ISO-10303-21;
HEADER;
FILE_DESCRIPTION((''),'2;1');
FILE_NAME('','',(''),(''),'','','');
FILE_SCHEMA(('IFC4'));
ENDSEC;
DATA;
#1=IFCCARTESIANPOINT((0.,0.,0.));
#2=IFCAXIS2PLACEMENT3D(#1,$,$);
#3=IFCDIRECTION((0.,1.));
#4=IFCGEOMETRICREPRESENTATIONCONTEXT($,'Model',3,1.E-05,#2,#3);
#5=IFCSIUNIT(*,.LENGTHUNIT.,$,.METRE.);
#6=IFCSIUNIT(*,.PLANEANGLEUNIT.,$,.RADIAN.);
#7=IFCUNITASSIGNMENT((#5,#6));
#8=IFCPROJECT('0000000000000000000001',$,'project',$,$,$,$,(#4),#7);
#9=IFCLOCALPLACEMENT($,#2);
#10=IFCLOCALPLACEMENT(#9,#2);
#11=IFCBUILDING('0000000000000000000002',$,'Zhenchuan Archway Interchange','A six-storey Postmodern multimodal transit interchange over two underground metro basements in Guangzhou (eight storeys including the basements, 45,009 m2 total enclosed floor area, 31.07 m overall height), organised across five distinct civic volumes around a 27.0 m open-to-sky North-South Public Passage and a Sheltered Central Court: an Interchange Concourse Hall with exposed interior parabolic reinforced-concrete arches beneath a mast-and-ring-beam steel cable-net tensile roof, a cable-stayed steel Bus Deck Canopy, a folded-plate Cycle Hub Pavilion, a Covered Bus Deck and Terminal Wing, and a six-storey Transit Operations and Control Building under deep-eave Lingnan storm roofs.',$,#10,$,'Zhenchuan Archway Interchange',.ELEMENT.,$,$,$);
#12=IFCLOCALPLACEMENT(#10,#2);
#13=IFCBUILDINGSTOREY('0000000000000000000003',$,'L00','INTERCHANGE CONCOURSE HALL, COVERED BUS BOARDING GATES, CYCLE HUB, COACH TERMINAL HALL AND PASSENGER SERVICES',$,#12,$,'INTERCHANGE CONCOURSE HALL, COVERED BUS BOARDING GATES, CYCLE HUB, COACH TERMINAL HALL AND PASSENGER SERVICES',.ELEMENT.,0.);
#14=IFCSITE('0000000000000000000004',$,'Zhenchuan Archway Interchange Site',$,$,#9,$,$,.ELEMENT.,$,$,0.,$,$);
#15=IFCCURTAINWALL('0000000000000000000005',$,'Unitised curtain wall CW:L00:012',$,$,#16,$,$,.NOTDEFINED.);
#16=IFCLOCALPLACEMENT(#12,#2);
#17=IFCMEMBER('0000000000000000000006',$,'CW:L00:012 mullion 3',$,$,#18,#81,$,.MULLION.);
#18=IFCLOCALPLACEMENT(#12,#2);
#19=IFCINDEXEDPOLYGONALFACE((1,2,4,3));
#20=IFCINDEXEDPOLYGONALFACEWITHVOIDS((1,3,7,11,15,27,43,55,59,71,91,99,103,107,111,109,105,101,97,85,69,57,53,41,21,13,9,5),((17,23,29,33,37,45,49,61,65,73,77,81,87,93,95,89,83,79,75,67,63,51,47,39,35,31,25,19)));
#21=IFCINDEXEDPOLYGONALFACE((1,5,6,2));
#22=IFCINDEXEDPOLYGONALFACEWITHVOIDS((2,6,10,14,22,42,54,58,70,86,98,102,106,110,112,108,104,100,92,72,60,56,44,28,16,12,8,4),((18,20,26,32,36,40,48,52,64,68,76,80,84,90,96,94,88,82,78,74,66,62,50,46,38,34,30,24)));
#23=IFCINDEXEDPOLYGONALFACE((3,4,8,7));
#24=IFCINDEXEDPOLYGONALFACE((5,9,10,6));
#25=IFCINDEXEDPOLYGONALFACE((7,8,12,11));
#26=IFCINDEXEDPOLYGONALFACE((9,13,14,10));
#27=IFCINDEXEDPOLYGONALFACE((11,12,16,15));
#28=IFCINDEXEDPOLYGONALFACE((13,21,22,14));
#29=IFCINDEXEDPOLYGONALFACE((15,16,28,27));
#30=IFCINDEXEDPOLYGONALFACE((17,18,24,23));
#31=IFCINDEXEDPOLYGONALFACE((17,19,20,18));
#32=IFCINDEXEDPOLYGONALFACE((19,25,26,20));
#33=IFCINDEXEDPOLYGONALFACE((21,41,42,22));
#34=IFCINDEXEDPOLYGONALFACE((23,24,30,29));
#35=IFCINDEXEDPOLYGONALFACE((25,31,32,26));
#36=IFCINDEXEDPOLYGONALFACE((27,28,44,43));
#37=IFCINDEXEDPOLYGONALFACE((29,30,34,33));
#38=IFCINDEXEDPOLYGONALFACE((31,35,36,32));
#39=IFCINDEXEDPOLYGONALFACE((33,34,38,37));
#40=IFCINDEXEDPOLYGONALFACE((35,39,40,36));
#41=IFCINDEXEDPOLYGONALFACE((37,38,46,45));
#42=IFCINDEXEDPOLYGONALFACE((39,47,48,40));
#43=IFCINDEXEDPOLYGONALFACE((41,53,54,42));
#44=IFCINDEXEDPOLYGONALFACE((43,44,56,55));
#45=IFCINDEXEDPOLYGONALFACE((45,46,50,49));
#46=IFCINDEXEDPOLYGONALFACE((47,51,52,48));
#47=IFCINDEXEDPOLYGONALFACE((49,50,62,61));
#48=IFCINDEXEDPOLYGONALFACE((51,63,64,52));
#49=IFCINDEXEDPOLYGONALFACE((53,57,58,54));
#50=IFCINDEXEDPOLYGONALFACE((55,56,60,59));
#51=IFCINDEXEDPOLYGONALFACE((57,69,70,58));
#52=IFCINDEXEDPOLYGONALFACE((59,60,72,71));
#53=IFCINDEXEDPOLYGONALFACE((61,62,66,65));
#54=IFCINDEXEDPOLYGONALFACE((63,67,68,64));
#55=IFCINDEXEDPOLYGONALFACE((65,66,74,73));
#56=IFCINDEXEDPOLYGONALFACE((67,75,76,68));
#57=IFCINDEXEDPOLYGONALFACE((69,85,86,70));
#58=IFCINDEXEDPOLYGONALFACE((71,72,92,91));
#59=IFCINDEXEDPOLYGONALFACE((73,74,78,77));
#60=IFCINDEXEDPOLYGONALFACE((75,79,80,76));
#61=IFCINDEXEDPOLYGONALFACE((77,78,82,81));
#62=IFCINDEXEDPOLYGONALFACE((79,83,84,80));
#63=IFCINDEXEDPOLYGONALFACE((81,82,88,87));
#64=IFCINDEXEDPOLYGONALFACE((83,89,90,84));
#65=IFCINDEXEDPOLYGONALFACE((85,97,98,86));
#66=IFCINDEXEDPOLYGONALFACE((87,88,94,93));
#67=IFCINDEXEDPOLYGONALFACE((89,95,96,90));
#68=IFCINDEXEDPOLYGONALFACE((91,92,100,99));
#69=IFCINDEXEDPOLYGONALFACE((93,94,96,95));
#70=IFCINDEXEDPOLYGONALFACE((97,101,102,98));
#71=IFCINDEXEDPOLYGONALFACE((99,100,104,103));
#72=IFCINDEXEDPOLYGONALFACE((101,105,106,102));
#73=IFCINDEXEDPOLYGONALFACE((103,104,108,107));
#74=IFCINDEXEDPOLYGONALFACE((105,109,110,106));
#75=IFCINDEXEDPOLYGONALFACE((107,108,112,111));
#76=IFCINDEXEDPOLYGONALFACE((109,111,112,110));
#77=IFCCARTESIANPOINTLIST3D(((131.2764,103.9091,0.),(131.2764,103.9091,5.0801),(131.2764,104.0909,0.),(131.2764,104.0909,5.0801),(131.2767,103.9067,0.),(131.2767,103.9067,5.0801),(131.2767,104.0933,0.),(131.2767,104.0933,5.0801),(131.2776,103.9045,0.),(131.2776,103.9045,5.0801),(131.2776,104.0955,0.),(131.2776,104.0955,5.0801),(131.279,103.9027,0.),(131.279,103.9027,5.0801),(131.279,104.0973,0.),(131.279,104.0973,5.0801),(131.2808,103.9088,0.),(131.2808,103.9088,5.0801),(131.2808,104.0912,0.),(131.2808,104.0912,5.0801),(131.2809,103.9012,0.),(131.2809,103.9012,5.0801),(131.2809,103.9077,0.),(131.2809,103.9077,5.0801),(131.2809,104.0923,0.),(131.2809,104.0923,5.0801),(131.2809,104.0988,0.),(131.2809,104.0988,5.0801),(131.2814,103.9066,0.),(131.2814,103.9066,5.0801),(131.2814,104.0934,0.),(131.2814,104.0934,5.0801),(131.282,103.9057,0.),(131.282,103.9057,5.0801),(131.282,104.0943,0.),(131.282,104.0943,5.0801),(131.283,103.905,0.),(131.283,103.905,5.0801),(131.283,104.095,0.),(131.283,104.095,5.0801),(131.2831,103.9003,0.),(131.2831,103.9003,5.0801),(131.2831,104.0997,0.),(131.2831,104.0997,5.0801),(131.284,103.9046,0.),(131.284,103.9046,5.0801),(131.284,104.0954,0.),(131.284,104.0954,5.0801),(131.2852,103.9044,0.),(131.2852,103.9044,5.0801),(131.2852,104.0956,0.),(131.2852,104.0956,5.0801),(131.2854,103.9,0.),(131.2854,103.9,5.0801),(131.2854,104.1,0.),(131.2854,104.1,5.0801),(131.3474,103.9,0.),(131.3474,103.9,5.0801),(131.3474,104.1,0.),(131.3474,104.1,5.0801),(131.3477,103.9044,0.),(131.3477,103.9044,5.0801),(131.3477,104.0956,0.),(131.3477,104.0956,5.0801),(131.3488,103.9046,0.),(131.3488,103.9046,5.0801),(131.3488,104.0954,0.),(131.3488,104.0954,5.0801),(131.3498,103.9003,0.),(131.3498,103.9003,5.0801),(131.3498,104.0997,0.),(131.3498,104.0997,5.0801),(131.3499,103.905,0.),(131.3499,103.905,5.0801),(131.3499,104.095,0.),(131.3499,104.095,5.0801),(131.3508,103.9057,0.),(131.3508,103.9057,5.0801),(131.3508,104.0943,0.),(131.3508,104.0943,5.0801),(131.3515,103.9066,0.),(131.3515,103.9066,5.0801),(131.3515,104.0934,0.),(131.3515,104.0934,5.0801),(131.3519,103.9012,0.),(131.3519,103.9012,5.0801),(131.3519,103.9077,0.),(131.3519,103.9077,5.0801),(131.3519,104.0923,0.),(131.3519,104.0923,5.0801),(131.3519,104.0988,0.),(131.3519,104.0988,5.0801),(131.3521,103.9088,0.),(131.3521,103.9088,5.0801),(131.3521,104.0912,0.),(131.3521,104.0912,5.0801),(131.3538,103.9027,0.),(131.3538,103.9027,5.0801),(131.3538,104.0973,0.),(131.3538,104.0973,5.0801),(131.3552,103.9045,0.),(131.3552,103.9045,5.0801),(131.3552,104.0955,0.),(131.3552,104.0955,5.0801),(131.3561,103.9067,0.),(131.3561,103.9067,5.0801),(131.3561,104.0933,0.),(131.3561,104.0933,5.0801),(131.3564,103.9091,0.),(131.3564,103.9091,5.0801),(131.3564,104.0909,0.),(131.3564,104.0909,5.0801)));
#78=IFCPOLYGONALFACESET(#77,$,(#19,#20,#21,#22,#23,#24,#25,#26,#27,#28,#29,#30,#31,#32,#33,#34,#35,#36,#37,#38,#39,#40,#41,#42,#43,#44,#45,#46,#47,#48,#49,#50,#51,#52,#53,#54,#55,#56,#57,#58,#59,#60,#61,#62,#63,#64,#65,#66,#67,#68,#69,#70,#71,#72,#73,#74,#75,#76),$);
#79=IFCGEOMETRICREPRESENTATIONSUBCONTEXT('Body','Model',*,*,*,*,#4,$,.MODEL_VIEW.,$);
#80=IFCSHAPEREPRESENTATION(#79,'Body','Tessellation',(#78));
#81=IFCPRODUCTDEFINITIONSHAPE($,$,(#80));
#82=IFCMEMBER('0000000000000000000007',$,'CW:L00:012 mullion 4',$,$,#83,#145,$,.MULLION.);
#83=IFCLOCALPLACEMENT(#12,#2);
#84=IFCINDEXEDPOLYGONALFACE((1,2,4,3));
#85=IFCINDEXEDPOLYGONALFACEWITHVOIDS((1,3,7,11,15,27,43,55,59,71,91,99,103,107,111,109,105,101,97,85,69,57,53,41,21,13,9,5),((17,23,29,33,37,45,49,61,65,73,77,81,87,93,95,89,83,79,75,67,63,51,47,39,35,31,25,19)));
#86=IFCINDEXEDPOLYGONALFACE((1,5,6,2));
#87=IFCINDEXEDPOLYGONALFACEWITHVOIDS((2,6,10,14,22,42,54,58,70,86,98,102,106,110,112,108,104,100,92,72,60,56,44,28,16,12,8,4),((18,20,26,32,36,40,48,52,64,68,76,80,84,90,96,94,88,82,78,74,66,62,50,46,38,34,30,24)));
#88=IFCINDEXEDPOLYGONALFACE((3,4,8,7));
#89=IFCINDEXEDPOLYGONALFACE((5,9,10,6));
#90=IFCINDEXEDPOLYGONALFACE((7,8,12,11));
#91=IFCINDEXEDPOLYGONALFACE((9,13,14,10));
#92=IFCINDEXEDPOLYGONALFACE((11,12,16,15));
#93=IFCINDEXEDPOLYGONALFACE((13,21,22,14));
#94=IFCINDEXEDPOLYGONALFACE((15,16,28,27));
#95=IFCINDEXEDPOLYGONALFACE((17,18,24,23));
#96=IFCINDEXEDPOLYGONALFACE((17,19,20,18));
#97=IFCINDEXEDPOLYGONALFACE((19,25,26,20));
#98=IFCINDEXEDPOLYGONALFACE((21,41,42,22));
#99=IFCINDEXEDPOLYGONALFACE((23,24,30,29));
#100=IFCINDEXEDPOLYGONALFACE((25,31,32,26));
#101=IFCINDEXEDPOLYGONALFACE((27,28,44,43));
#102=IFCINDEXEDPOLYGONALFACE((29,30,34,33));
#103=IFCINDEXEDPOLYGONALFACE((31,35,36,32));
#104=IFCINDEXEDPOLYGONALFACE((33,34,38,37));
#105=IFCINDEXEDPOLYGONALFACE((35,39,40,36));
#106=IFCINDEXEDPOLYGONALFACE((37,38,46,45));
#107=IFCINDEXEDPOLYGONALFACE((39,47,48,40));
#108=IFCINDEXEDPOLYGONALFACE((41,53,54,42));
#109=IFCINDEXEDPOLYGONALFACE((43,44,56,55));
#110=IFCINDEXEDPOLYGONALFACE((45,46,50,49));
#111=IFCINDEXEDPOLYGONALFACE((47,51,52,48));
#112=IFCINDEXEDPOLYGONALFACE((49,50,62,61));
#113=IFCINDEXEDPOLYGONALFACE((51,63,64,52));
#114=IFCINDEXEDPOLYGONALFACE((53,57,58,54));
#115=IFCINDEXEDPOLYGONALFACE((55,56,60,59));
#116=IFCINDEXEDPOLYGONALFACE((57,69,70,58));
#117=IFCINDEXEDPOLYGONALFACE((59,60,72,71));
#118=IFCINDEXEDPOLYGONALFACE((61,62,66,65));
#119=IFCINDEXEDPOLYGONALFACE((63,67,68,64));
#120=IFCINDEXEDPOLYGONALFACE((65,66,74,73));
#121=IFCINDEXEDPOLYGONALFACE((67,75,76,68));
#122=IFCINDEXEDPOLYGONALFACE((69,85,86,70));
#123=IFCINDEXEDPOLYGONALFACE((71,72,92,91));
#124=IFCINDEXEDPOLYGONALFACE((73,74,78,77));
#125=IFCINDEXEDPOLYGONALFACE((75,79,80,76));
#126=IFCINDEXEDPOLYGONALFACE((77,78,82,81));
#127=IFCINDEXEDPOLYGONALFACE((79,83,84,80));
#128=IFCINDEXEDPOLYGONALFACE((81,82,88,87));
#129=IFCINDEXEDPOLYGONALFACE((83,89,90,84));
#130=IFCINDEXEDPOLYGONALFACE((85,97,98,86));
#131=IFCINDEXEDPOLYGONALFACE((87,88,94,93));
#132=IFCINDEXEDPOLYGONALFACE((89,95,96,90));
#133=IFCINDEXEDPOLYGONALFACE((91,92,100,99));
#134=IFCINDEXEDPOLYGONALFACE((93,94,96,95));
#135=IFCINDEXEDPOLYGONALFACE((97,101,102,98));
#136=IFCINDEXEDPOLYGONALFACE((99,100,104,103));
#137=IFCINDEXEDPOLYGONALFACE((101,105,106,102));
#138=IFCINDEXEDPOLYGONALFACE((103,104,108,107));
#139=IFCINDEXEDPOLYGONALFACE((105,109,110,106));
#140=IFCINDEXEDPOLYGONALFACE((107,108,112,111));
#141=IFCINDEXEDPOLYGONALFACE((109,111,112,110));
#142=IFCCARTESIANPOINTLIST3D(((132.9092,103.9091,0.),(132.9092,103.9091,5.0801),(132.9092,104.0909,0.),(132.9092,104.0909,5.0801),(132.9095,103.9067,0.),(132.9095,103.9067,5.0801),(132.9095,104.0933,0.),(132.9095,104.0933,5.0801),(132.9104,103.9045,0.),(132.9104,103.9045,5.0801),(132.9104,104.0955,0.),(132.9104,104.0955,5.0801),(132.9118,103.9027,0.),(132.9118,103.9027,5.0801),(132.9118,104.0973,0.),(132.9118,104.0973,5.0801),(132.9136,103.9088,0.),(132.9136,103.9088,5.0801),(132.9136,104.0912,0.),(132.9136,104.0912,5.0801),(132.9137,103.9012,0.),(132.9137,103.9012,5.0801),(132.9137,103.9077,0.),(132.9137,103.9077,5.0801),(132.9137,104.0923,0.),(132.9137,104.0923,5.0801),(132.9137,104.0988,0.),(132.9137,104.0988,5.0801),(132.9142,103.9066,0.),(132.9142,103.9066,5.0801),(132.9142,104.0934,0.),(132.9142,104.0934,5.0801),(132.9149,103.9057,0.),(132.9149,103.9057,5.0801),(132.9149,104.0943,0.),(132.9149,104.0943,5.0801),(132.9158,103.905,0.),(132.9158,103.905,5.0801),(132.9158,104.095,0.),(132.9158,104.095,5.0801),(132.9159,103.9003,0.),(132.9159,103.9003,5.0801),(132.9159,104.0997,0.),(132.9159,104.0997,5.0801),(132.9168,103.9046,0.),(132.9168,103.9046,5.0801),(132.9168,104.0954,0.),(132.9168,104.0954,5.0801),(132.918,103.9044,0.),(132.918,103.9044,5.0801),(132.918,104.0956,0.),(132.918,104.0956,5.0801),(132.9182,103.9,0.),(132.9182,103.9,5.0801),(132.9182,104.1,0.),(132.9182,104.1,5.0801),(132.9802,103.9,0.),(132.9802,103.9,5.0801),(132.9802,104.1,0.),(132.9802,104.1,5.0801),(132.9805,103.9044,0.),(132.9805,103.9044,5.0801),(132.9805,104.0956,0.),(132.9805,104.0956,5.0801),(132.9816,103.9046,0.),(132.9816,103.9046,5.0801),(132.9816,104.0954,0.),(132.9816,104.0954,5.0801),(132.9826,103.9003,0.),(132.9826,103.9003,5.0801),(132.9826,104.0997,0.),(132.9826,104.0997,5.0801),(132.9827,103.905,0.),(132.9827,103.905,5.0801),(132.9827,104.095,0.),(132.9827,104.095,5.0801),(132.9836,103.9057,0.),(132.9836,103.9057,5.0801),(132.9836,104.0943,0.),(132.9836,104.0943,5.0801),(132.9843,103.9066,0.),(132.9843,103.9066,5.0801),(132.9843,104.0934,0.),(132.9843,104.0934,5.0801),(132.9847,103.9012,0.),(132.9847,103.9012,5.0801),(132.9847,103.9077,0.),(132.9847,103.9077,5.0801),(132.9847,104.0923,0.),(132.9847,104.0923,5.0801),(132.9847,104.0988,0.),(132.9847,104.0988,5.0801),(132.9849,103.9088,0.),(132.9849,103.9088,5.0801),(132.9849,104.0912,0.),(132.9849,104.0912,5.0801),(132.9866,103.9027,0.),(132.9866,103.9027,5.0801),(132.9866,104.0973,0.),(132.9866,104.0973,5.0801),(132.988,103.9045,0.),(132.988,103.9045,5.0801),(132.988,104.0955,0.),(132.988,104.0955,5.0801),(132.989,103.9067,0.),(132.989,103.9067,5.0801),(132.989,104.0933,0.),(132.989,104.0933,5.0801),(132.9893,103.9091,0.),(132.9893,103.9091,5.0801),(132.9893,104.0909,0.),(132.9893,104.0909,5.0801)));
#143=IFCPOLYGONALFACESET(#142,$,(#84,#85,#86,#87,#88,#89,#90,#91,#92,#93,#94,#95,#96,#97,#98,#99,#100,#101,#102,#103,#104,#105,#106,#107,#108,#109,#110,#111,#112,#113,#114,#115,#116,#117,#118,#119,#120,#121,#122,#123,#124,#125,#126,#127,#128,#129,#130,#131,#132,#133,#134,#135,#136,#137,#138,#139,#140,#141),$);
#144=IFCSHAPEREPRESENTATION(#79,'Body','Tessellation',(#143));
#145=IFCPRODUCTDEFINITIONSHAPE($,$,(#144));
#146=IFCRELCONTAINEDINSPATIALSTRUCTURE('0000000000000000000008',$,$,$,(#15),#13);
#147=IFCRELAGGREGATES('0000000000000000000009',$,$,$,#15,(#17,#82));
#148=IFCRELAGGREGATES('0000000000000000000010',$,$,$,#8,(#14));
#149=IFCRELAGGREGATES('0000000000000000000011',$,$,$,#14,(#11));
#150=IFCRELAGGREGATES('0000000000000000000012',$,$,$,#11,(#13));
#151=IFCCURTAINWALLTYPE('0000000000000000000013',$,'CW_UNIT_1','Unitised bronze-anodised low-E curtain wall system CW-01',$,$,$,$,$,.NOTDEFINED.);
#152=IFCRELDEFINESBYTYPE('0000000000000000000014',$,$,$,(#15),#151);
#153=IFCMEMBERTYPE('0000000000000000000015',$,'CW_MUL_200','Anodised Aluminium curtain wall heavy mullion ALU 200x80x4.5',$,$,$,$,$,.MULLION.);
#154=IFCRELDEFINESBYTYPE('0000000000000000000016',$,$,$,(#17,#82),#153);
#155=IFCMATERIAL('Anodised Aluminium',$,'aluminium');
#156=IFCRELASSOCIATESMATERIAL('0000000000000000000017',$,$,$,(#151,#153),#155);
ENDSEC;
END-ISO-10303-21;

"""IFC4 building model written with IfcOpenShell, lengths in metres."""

from ifc_helpers import new_model, si_unit, direction, frame, origin, origin_2d, place, context, subcontext, project, spatial, hollow_rectangle, extrude, material, material_profile, profile_set, type_object, element, aggregate, save


model = new_model("IFC4")

# Units and contexts
model_context = context("Model", 3, precision=1e-05, world=origin(), true_north=direction((0.0, 1.0)))
body_context = subcontext(model_context, "Body", "Model", "MODEL_VIEW")
ifc_project = project(units=[si_unit("LENGTHUNIT", "METRE"), si_unit("PLANEANGLEUNIT", "RADIAN")], contexts=[model_context])

# Site, building, storey
site_placement = place(None, origin())
site = spatial("IfcSite", under=ifc_project, at=site_placement, Name="Zhenchuan Archway Interchange Site", CompositionType="ELEMENT", RefElevation=0.0)
building_placement = place(site_placement, origin())
building = spatial("IfcBuilding", under=site, at=building_placement, Name="Zhenchuan Archway Interchange", Description="A six-storey Postmodern multimodal transit interchange over two underground metro basements in Guangzhou (eight storeys including the basements, 45,009 m2 total enclosed floor area, 31.07 m overall height), organised across five distinct civic volumes around a 27.0 m open-to-sky North-South Public Passage and a Sheltered Central Court: an Interchange Concourse Hall with exposed interior parabolic reinforced-concrete arches beneath a mast-and-ring-beam steel cable-net tensile roof, a cable-stayed steel Bus Deck Canopy, a folded-plate Cycle Hub Pavilion, a Covered Bus Deck and Terminal Wing, and a six-storey Transit Operations and Control Building under deep-eave Lingnan storm roofs.", LongName="Zhenchuan Archway Interchange", CompositionType="ELEMENT")
storey_placement = place(building_placement, origin())
storey = spatial("IfcBuildingStorey", under=building, at=storey_placement, Name="L00", Description="INTERCHANGE CONCOURSE HALL, COVERED BUS BOARDING GATES, CYCLE HUB, COACH TERMINAL HALL AND PASSENGER SERVICES", LongName="INTERCHANGE CONCOURSE HALL, COVERED BUS BOARDING GATES, CYCLE HUB, COACH TERMINAL HALL AND PASSENGER SERVICES", CompositionType="ELEMENT", Elevation=0.0)

# Curtain wall, members
ifc_material_1 = material(Name="Anodised Aluminium", Category="aluminium")
curtain_wall_type = type_object("IfcCurtainWallType", Name="CW_UNIT_1", Description="Unitised bronze-anodised low-E curtain wall system CW-01", PredefinedType="NOTDEFINED", material=ifc_material_1)
curtain_wall_placement = place(storey_placement, origin())
curtain_wall = element("IfcCurtainWall", 1, at=curtain_wall_placement, inside=storey, type_object=curtain_wall_type, Name="Unitised curtain wall CW:L00:012", PredefinedType="NOTDEFINED")
ifc_material_profile_1 = material_profile(ifc_material_1, hollow_rectangle(XDim=0.0801, YDim=0.2, WallThickness=0.0044, InnerFilletRadius=0.0044, OuterFilletRadius=0.009, at=origin_2d()), Name="ALU 200x80x4.5")
ifc_profile_set_1 = profile_set([ifc_material_profile_1], Name="Anodised Aluminium")
member_type_1 = type_object("IfcMemberType", Name="CW_MUL_200", Description="Anodised Aluminium curtain wall heavy mullion ALU 200x80x4.5", PredefinedType="MULLION", material=ifc_profile_set_1)
member_1_placement = place(storey_placement, frame((131.3164, 104.0, 0.0), z_axis=(0.0, 0.0, 1.0), x_axis=(1.0, 0.0, 0.0)))
member_1 = element("IfcMember", 2, at=member_1_placement, type_object=member_type_1, Name="CW:L00:012 mullion 3", PredefinedType="MULLION", context=body_context, shape_type="SweptSolid", body=[
    extrude(hollow_rectangle(XDim=0.0801, YDim=0.2, WallThickness=0.0044, InnerFilletRadius=0.0044, OuterFilletRadius=0.009, at=origin_2d()), origin(), (0.0, 0.0, 1.0), 5.0801),
])
member_2_placement = place(storey_placement, frame((132.9492, 104.0, 0.0), z_axis=(0.0, 0.0, 1.0), x_axis=(1.0, 0.0, 0.0)))
member_2 = element("IfcMember", 3, at=member_2_placement, type_object=member_type_1, Name="CW:L00:012 mullion 4", PredefinedType="MULLION", context=body_context, shape_type="SweptSolid", body=[
    extrude(hollow_rectangle(XDim=0.0801, YDim=0.2, WallThickness=0.0044, InnerFilletRadius=0.0044, OuterFilletRadius=0.009, at=origin_2d()), origin(), (0.0, 0.0, 1.0), 5.0801),
])

aggregate(curtain_wall, [member_1, member_2])

save(model, "model.ifc")
